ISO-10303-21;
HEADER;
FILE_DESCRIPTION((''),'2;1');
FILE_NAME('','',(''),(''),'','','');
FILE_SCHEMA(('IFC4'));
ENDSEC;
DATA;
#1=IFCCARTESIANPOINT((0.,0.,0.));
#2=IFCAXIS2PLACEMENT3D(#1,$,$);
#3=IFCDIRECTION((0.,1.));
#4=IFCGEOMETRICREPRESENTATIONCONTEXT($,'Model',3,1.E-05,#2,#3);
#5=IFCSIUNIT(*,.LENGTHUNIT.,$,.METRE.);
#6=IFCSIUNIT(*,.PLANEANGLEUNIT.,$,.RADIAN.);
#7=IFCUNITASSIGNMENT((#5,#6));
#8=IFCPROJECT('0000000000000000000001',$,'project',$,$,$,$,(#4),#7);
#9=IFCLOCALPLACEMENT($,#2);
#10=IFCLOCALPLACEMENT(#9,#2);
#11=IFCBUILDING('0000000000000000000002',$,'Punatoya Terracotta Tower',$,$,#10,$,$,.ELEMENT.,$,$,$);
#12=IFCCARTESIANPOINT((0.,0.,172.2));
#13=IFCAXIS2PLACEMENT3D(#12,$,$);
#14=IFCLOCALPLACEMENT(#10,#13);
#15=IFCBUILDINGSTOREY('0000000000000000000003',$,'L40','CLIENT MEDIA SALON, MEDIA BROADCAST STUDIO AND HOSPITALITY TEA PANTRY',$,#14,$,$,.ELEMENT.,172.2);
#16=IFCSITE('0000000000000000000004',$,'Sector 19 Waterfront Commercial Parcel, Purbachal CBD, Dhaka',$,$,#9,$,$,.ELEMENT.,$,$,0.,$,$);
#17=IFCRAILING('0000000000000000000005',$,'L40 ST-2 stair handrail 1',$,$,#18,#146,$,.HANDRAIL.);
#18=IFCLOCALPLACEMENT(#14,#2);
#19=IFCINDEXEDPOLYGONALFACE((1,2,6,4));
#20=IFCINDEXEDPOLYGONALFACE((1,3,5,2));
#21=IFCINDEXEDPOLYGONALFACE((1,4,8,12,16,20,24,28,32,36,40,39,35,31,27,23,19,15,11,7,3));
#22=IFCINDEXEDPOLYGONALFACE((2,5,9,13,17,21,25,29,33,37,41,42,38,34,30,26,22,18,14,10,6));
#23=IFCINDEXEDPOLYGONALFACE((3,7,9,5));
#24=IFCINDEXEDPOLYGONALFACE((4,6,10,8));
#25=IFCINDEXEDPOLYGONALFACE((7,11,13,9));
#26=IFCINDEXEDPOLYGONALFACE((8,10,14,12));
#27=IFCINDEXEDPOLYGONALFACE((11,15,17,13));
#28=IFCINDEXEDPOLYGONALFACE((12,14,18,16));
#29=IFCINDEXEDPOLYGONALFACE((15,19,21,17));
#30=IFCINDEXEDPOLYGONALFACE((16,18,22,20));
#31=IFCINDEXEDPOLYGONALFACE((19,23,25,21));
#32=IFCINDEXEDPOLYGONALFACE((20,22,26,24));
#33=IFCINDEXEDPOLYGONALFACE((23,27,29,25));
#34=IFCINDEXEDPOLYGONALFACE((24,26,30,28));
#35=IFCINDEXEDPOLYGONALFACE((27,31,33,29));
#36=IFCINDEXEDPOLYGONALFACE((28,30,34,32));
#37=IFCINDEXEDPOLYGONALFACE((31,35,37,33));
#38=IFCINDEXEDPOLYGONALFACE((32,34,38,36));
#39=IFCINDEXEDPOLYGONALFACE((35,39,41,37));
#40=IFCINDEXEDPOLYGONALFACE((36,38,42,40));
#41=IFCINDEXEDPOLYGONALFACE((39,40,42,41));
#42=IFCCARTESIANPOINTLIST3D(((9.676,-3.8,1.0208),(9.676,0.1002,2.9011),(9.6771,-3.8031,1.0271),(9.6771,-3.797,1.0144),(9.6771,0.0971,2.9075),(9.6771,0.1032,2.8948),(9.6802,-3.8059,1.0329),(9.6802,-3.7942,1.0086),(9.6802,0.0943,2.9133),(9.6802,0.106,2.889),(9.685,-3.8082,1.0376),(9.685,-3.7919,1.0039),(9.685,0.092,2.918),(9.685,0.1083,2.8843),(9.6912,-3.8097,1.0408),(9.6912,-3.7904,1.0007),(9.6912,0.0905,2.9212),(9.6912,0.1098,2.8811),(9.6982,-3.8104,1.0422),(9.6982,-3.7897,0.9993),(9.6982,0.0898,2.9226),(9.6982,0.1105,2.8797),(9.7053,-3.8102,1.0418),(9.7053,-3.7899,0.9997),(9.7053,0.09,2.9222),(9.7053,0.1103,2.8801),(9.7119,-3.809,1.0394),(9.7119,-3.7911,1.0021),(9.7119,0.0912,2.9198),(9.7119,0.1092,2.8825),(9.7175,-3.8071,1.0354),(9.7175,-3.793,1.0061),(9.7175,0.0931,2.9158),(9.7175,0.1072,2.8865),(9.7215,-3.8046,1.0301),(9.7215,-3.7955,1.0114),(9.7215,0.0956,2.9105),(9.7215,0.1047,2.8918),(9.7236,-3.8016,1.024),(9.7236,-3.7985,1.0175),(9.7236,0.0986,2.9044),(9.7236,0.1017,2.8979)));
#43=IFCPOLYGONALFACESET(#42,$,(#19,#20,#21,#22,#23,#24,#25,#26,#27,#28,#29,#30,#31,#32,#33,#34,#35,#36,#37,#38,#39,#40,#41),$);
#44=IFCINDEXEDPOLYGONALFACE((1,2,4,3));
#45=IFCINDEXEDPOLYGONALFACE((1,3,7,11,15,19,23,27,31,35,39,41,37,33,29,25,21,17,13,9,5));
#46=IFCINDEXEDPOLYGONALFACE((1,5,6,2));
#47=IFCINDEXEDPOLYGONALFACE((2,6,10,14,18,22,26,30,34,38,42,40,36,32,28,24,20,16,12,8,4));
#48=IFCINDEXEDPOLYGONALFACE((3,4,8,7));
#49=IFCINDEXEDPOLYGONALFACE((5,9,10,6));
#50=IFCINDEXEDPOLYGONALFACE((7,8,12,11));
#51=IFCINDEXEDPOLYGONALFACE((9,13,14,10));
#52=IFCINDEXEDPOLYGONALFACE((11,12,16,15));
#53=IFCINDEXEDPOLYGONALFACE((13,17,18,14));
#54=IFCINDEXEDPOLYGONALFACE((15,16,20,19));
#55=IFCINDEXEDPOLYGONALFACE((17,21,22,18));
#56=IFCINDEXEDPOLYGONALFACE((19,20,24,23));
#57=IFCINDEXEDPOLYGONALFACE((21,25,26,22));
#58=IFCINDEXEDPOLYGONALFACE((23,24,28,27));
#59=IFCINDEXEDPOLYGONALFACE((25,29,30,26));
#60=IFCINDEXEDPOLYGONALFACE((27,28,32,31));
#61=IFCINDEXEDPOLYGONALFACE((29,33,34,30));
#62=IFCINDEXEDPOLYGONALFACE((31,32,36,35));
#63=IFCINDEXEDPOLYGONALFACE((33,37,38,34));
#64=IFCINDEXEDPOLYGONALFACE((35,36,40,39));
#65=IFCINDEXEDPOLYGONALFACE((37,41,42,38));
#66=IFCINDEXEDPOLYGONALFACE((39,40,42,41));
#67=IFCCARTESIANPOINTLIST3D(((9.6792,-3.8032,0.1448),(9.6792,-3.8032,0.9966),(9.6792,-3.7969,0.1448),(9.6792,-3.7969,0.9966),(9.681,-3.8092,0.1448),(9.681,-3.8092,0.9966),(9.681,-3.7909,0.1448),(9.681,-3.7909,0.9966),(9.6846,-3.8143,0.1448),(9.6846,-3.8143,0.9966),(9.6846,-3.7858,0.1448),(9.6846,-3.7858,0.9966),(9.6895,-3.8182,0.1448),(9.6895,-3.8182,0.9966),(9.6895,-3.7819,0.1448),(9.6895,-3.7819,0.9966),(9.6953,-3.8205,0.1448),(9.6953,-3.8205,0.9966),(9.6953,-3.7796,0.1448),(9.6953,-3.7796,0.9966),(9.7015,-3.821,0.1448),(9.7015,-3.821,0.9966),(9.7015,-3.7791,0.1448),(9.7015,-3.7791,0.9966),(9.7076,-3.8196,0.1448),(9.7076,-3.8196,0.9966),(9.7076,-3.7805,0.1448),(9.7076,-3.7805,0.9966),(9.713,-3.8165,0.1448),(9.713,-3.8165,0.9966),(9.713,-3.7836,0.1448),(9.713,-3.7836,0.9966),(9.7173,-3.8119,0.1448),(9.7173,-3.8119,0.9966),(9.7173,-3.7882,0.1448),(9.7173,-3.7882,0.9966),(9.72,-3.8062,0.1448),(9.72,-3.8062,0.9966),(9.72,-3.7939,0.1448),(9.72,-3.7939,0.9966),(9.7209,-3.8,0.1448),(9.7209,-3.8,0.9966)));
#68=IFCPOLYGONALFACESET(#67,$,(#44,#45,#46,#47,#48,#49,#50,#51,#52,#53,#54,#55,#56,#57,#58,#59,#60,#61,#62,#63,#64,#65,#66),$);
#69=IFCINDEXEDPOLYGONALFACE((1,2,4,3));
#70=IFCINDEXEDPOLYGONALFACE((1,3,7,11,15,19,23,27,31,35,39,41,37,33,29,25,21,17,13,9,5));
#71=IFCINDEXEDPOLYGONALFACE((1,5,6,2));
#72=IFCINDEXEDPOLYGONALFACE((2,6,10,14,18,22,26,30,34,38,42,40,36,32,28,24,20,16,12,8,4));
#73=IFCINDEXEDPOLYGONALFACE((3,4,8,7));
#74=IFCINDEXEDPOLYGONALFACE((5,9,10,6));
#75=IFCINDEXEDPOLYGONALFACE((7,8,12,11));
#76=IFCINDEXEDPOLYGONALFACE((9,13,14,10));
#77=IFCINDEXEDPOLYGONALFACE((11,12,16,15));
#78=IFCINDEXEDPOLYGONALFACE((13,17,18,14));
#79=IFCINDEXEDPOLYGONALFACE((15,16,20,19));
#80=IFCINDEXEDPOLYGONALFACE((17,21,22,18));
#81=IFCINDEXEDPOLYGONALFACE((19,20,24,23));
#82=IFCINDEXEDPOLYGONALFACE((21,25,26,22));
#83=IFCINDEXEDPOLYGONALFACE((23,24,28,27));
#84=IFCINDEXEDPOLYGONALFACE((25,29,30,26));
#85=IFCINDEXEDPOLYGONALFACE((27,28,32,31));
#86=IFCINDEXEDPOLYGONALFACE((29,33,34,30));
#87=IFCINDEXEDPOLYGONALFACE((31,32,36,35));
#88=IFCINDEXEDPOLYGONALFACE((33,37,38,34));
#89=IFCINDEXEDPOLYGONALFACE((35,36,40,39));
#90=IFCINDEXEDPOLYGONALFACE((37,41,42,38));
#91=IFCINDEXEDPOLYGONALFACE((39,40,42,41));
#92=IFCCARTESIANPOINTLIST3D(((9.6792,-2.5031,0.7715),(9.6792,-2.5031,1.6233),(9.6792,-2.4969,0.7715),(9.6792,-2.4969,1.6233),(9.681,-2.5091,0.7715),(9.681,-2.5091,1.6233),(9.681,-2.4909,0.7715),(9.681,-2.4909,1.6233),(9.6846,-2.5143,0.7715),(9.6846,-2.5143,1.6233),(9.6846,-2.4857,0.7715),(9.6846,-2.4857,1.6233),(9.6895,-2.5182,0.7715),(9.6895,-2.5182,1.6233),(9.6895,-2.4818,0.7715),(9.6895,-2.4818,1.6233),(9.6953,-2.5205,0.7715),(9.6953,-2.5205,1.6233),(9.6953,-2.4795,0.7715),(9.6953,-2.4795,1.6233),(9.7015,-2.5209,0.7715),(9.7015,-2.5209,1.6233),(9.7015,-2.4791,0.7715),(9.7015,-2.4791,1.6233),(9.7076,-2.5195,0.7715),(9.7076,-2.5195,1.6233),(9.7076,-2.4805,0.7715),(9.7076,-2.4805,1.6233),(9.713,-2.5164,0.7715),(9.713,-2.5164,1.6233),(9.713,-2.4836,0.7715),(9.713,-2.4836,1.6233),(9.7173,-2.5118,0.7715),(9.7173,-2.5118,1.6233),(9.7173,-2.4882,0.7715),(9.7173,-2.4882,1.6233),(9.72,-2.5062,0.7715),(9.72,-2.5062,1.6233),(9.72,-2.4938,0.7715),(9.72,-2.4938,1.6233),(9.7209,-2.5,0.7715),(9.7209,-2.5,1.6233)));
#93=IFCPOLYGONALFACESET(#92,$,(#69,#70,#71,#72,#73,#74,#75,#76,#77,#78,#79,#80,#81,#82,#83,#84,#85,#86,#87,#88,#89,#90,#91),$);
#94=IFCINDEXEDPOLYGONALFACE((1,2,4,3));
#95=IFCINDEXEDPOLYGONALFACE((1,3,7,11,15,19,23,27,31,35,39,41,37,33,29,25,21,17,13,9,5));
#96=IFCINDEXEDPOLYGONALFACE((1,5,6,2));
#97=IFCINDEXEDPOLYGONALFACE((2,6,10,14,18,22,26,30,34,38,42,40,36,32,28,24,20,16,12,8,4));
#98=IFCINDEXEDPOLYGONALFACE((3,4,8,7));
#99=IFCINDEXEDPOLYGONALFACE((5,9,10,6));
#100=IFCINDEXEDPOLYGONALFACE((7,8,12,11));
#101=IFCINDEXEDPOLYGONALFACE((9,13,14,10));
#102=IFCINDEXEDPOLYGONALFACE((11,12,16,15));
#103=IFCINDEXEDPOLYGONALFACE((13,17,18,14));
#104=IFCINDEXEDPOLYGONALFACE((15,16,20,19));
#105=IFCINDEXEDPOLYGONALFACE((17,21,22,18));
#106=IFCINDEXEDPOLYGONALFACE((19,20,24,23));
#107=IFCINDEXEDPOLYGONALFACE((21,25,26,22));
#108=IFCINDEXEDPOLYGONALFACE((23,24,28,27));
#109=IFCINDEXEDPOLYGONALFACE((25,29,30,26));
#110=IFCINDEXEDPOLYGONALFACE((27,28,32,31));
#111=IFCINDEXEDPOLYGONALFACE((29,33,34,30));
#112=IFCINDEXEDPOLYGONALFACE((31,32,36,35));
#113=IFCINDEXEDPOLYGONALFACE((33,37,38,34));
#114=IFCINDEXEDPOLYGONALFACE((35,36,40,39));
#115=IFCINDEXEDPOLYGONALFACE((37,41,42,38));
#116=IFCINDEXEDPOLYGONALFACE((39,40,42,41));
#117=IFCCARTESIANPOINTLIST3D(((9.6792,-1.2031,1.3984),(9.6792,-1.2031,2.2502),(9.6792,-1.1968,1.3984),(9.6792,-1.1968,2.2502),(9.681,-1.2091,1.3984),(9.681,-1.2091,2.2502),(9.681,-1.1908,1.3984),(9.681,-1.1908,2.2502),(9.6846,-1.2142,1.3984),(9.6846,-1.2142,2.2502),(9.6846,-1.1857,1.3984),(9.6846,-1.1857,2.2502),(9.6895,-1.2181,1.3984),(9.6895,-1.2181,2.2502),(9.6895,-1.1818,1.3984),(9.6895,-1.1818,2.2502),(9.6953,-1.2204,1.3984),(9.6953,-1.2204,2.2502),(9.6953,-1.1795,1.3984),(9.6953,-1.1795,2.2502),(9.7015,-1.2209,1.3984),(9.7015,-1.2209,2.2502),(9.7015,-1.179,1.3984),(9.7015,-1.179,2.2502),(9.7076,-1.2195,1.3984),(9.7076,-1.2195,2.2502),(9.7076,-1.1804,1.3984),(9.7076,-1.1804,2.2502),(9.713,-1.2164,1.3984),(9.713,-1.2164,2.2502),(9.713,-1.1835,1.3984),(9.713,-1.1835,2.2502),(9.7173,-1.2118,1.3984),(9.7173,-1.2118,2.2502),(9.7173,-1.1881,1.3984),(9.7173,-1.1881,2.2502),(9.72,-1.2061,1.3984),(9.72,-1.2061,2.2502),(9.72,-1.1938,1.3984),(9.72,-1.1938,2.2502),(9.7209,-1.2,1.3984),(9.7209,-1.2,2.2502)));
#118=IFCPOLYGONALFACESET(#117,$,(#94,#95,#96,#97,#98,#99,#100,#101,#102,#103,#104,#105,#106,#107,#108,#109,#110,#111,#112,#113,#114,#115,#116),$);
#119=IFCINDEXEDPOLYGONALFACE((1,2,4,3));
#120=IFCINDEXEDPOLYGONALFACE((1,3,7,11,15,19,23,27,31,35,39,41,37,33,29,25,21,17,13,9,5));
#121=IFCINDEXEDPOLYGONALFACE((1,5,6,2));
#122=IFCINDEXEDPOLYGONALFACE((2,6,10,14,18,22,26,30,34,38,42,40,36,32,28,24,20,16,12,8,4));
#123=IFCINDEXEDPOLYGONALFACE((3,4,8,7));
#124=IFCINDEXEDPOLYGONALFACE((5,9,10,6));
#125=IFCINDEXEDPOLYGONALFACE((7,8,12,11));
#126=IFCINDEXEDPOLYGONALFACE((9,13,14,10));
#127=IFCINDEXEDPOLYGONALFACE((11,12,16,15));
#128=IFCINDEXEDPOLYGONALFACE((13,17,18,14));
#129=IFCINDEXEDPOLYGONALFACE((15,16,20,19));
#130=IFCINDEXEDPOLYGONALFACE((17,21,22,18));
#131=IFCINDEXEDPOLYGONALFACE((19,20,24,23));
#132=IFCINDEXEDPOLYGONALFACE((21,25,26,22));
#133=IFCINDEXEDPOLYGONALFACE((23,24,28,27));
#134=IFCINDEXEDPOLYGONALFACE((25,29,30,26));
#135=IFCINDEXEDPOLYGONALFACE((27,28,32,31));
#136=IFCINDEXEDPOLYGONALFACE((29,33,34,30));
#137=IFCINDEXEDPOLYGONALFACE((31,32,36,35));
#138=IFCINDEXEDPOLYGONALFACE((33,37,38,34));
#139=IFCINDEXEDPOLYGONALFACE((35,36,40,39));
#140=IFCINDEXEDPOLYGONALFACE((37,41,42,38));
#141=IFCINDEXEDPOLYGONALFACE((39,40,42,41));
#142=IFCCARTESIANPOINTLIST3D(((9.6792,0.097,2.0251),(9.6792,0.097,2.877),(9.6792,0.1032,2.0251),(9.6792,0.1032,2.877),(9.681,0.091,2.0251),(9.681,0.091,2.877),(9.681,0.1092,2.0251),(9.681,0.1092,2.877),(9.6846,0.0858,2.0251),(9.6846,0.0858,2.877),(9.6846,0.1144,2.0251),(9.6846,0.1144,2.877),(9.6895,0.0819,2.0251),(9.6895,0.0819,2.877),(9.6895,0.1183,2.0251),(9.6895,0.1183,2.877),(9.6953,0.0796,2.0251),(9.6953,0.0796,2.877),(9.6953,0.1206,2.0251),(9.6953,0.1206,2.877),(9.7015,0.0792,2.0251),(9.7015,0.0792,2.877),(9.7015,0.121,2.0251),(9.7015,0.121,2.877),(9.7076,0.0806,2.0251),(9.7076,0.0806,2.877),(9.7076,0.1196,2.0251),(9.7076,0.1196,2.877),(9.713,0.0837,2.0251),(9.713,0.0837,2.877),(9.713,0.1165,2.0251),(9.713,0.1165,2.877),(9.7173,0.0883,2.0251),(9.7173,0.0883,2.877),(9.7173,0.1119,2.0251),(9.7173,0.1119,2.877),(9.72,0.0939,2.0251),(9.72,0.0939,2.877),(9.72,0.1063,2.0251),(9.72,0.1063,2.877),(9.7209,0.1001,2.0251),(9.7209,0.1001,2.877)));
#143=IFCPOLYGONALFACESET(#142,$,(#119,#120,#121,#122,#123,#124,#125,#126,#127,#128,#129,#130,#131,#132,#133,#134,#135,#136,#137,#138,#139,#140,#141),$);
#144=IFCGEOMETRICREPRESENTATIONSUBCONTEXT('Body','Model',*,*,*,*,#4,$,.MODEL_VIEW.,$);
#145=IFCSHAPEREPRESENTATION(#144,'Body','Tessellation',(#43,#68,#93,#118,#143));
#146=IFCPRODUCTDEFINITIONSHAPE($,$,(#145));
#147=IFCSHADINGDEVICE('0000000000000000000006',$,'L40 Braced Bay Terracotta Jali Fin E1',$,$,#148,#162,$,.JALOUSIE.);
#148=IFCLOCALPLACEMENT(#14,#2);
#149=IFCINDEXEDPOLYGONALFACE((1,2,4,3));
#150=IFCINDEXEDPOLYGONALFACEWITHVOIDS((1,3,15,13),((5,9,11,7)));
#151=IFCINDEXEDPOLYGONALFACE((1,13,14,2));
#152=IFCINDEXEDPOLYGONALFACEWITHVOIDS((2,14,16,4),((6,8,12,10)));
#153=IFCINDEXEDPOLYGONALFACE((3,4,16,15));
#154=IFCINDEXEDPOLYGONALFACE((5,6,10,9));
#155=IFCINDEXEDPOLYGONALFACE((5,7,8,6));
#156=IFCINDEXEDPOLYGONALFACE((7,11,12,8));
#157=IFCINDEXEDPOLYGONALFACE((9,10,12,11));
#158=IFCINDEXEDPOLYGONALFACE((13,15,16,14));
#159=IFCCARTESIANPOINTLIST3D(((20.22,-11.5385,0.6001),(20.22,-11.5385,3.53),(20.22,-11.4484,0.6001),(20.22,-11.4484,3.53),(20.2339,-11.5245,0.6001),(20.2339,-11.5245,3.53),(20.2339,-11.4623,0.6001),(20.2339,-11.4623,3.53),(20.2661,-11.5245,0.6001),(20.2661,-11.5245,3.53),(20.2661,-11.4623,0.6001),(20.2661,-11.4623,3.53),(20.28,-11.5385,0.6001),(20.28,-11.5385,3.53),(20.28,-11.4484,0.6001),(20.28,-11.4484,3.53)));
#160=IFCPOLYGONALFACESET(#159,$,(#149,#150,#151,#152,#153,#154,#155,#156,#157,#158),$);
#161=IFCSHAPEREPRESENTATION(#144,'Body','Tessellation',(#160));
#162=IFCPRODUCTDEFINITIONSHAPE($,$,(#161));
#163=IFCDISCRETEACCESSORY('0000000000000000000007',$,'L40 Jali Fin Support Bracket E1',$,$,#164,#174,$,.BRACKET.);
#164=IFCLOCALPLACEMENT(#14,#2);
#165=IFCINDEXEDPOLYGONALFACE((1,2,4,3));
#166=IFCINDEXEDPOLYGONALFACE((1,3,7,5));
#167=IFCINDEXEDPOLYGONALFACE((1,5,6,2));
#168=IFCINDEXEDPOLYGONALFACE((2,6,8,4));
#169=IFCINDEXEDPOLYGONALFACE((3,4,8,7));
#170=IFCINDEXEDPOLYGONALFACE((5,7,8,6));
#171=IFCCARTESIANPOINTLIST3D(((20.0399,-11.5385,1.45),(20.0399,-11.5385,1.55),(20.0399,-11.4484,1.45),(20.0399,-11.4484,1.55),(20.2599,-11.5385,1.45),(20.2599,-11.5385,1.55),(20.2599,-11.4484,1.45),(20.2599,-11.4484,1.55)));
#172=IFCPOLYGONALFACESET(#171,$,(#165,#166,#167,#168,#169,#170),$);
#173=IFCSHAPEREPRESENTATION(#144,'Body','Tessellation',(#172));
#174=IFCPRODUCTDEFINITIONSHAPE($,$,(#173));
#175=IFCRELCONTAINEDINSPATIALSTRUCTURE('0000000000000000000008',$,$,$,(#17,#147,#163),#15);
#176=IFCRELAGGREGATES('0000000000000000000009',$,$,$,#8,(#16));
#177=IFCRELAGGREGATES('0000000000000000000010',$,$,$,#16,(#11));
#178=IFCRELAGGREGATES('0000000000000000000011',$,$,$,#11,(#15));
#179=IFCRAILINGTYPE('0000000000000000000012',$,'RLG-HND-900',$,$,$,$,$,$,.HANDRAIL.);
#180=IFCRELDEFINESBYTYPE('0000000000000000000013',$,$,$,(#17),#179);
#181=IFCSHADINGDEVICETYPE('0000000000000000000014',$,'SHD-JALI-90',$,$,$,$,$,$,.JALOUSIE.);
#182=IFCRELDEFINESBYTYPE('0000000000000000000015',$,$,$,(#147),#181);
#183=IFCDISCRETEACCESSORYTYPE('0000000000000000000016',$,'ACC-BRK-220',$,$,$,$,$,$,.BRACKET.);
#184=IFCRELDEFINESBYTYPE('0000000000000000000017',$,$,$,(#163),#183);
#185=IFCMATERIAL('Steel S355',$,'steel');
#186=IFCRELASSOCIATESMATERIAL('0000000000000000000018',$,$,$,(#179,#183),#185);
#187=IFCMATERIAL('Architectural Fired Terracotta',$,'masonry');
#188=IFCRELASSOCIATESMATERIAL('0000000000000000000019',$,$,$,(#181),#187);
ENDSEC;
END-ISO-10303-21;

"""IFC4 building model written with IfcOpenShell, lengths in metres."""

from ifc_helpers import new_model, si_unit, direction, frame, origin, origin_2d, place, context, subcontext, project, spatial, rectangle, hollow_rectangle, circle, extrude, material, material_profile, profile_set, type_object, element, save


model = new_model("IFC4")

# Units and contexts
model_context = context("Model", 3, precision=1e-05, world=origin(), true_north=direction((0.0, 1.0)))
body_context = subcontext(model_context, "Body", "Model", "MODEL_VIEW")
ifc_project = project(units=[si_unit("LENGTHUNIT", "METRE"), si_unit("PLANEANGLEUNIT", "RADIAN")], contexts=[model_context])

# Site, building, storey
site_placement = place(None, origin())
site = spatial("IfcSite", under=ifc_project, at=site_placement, Name="Sector 19 Waterfront Commercial Parcel, Purbachal CBD, Dhaka", CompositionType="ELEMENT", RefElevation=0.0)
building_placement = place(site_placement, origin())
building = spatial("IfcBuilding", under=site, at=building_placement, Name="Punatoya Terracotta Tower", CompositionType="ELEMENT")
storey_placement = place(building_placement, frame((0.0, 0.0, 172.2)))
storey = spatial("IfcBuildingStorey", under=building, at=storey_placement, Name="L40", Description="CLIENT MEDIA SALON, MEDIA BROADCAST STUDIO AND HOSPITALITY TEA PANTRY", CompositionType="ELEMENT", Elevation=172.2)

# Railing
ifc_material_1 = material(Name="Steel S355", Category="steel")
railing_type_1 = type_object("IfcRailingType", Name="RLG-HND-900", PredefinedType="HANDRAIL", material=ifc_material_1)
railing_1_placement = place(storey_placement, frame((9.7, -3.8, 0.1448)))
element("IfcRailing", 1, at=railing_1_placement, inside=storey, type_object=railing_type_1, Name="L40 ST-2 stair handrail 1", PredefinedType="HANDRAIL", context=body_context, shape_type="SweptSolid", body=[
    extrude(circle(Radius=0.0239, at=origin_2d()), frame((0.0, 0.0, 0.876), z_axis=(0.0, 0.900774, 0.434289), x_axis=(-1.0, 0.0, 0.0)), (0.0, 0.0, 1.0), 4.3298),
    extrude(circle(Radius=0.021, at=origin_2d()), origin(), (0.0, 0.0, 1.0), 0.8518),
    extrude(circle(Radius=0.021, at=origin_2d()), frame((0.0, 1.3, 0.6267)), (0.0, 0.0, 1.0), 0.8518),
    extrude(circle(Radius=0.021, at=origin_2d()), frame((0.0, 2.6001, 1.2537)), (0.0, 0.0, 1.0), 0.8518),
    extrude(circle(Radius=0.021, at=origin_2d()), frame((0.0, 3.9001, 1.8804)), (0.0, 0.0, 1.0), 0.8518),
])

# Shading device
ifc_material_2 = material(Name="Architectural Fired Terracotta", Category="masonry")
ifc_material_profile_1 = material_profile(ifc_material_2, hollow_rectangle(XDim=0.0601, YDim=0.0901, WallThickness=0.0139, at=origin_2d()))
ifc_profile_set_1 = profile_set([ifc_material_profile_1], Name="Architectural Fired Terracotta")
shading_device_type = type_object("IfcShadingDeviceType", Name="SHD-JALI-90", PredefinedType="JALOUSIE", material=ifc_profile_set_1)
shading_device_placement = place(storey_placement, frame((20.25, -11.4934, 0.6001), z_axis=(0.0, 0.0, 1.0), x_axis=(1.0, 0.0, 0.0)))
element("IfcShadingDevice", 2, at=shading_device_placement, inside=storey, type_object=shading_device_type, Name="L40 Braced Bay Terracotta Jali Fin E1", PredefinedType="JALOUSIE", context=body_context, shape_type="SweptSolid", body=[
    extrude(hollow_rectangle(XDim=0.0601, YDim=0.0901, WallThickness=0.0139, at=origin_2d()), origin(), (0.0, 0.0, 1.0), 2.9299),
])

# Discrete accessory
discrete_accessory_type = type_object("IfcDiscreteAccessoryType", Name="ACC-BRK-220", PredefinedType="BRACKET", material=ifc_material_1)
discrete_accessory_placement = place(storey_placement, frame((20.1499, -11.4934, 1.45), z_axis=(0.0, 0.0, 1.0), x_axis=(0.0, 1.0, 0.0)))
element("IfcDiscreteAccessory", 3, at=discrete_accessory_placement, inside=storey, type_object=discrete_accessory_type, Name="L40 Jali Fin Support Bracket E1", PredefinedType="BRACKET", context=body_context, shape_type="SweptSolid", body=[
    extrude(rectangle(XDim=0.0901, YDim=0.22, at=origin_2d()), origin(), (0.0, 0.0, 1.0), 0.1001),
])

save(model, "model.ifc")
